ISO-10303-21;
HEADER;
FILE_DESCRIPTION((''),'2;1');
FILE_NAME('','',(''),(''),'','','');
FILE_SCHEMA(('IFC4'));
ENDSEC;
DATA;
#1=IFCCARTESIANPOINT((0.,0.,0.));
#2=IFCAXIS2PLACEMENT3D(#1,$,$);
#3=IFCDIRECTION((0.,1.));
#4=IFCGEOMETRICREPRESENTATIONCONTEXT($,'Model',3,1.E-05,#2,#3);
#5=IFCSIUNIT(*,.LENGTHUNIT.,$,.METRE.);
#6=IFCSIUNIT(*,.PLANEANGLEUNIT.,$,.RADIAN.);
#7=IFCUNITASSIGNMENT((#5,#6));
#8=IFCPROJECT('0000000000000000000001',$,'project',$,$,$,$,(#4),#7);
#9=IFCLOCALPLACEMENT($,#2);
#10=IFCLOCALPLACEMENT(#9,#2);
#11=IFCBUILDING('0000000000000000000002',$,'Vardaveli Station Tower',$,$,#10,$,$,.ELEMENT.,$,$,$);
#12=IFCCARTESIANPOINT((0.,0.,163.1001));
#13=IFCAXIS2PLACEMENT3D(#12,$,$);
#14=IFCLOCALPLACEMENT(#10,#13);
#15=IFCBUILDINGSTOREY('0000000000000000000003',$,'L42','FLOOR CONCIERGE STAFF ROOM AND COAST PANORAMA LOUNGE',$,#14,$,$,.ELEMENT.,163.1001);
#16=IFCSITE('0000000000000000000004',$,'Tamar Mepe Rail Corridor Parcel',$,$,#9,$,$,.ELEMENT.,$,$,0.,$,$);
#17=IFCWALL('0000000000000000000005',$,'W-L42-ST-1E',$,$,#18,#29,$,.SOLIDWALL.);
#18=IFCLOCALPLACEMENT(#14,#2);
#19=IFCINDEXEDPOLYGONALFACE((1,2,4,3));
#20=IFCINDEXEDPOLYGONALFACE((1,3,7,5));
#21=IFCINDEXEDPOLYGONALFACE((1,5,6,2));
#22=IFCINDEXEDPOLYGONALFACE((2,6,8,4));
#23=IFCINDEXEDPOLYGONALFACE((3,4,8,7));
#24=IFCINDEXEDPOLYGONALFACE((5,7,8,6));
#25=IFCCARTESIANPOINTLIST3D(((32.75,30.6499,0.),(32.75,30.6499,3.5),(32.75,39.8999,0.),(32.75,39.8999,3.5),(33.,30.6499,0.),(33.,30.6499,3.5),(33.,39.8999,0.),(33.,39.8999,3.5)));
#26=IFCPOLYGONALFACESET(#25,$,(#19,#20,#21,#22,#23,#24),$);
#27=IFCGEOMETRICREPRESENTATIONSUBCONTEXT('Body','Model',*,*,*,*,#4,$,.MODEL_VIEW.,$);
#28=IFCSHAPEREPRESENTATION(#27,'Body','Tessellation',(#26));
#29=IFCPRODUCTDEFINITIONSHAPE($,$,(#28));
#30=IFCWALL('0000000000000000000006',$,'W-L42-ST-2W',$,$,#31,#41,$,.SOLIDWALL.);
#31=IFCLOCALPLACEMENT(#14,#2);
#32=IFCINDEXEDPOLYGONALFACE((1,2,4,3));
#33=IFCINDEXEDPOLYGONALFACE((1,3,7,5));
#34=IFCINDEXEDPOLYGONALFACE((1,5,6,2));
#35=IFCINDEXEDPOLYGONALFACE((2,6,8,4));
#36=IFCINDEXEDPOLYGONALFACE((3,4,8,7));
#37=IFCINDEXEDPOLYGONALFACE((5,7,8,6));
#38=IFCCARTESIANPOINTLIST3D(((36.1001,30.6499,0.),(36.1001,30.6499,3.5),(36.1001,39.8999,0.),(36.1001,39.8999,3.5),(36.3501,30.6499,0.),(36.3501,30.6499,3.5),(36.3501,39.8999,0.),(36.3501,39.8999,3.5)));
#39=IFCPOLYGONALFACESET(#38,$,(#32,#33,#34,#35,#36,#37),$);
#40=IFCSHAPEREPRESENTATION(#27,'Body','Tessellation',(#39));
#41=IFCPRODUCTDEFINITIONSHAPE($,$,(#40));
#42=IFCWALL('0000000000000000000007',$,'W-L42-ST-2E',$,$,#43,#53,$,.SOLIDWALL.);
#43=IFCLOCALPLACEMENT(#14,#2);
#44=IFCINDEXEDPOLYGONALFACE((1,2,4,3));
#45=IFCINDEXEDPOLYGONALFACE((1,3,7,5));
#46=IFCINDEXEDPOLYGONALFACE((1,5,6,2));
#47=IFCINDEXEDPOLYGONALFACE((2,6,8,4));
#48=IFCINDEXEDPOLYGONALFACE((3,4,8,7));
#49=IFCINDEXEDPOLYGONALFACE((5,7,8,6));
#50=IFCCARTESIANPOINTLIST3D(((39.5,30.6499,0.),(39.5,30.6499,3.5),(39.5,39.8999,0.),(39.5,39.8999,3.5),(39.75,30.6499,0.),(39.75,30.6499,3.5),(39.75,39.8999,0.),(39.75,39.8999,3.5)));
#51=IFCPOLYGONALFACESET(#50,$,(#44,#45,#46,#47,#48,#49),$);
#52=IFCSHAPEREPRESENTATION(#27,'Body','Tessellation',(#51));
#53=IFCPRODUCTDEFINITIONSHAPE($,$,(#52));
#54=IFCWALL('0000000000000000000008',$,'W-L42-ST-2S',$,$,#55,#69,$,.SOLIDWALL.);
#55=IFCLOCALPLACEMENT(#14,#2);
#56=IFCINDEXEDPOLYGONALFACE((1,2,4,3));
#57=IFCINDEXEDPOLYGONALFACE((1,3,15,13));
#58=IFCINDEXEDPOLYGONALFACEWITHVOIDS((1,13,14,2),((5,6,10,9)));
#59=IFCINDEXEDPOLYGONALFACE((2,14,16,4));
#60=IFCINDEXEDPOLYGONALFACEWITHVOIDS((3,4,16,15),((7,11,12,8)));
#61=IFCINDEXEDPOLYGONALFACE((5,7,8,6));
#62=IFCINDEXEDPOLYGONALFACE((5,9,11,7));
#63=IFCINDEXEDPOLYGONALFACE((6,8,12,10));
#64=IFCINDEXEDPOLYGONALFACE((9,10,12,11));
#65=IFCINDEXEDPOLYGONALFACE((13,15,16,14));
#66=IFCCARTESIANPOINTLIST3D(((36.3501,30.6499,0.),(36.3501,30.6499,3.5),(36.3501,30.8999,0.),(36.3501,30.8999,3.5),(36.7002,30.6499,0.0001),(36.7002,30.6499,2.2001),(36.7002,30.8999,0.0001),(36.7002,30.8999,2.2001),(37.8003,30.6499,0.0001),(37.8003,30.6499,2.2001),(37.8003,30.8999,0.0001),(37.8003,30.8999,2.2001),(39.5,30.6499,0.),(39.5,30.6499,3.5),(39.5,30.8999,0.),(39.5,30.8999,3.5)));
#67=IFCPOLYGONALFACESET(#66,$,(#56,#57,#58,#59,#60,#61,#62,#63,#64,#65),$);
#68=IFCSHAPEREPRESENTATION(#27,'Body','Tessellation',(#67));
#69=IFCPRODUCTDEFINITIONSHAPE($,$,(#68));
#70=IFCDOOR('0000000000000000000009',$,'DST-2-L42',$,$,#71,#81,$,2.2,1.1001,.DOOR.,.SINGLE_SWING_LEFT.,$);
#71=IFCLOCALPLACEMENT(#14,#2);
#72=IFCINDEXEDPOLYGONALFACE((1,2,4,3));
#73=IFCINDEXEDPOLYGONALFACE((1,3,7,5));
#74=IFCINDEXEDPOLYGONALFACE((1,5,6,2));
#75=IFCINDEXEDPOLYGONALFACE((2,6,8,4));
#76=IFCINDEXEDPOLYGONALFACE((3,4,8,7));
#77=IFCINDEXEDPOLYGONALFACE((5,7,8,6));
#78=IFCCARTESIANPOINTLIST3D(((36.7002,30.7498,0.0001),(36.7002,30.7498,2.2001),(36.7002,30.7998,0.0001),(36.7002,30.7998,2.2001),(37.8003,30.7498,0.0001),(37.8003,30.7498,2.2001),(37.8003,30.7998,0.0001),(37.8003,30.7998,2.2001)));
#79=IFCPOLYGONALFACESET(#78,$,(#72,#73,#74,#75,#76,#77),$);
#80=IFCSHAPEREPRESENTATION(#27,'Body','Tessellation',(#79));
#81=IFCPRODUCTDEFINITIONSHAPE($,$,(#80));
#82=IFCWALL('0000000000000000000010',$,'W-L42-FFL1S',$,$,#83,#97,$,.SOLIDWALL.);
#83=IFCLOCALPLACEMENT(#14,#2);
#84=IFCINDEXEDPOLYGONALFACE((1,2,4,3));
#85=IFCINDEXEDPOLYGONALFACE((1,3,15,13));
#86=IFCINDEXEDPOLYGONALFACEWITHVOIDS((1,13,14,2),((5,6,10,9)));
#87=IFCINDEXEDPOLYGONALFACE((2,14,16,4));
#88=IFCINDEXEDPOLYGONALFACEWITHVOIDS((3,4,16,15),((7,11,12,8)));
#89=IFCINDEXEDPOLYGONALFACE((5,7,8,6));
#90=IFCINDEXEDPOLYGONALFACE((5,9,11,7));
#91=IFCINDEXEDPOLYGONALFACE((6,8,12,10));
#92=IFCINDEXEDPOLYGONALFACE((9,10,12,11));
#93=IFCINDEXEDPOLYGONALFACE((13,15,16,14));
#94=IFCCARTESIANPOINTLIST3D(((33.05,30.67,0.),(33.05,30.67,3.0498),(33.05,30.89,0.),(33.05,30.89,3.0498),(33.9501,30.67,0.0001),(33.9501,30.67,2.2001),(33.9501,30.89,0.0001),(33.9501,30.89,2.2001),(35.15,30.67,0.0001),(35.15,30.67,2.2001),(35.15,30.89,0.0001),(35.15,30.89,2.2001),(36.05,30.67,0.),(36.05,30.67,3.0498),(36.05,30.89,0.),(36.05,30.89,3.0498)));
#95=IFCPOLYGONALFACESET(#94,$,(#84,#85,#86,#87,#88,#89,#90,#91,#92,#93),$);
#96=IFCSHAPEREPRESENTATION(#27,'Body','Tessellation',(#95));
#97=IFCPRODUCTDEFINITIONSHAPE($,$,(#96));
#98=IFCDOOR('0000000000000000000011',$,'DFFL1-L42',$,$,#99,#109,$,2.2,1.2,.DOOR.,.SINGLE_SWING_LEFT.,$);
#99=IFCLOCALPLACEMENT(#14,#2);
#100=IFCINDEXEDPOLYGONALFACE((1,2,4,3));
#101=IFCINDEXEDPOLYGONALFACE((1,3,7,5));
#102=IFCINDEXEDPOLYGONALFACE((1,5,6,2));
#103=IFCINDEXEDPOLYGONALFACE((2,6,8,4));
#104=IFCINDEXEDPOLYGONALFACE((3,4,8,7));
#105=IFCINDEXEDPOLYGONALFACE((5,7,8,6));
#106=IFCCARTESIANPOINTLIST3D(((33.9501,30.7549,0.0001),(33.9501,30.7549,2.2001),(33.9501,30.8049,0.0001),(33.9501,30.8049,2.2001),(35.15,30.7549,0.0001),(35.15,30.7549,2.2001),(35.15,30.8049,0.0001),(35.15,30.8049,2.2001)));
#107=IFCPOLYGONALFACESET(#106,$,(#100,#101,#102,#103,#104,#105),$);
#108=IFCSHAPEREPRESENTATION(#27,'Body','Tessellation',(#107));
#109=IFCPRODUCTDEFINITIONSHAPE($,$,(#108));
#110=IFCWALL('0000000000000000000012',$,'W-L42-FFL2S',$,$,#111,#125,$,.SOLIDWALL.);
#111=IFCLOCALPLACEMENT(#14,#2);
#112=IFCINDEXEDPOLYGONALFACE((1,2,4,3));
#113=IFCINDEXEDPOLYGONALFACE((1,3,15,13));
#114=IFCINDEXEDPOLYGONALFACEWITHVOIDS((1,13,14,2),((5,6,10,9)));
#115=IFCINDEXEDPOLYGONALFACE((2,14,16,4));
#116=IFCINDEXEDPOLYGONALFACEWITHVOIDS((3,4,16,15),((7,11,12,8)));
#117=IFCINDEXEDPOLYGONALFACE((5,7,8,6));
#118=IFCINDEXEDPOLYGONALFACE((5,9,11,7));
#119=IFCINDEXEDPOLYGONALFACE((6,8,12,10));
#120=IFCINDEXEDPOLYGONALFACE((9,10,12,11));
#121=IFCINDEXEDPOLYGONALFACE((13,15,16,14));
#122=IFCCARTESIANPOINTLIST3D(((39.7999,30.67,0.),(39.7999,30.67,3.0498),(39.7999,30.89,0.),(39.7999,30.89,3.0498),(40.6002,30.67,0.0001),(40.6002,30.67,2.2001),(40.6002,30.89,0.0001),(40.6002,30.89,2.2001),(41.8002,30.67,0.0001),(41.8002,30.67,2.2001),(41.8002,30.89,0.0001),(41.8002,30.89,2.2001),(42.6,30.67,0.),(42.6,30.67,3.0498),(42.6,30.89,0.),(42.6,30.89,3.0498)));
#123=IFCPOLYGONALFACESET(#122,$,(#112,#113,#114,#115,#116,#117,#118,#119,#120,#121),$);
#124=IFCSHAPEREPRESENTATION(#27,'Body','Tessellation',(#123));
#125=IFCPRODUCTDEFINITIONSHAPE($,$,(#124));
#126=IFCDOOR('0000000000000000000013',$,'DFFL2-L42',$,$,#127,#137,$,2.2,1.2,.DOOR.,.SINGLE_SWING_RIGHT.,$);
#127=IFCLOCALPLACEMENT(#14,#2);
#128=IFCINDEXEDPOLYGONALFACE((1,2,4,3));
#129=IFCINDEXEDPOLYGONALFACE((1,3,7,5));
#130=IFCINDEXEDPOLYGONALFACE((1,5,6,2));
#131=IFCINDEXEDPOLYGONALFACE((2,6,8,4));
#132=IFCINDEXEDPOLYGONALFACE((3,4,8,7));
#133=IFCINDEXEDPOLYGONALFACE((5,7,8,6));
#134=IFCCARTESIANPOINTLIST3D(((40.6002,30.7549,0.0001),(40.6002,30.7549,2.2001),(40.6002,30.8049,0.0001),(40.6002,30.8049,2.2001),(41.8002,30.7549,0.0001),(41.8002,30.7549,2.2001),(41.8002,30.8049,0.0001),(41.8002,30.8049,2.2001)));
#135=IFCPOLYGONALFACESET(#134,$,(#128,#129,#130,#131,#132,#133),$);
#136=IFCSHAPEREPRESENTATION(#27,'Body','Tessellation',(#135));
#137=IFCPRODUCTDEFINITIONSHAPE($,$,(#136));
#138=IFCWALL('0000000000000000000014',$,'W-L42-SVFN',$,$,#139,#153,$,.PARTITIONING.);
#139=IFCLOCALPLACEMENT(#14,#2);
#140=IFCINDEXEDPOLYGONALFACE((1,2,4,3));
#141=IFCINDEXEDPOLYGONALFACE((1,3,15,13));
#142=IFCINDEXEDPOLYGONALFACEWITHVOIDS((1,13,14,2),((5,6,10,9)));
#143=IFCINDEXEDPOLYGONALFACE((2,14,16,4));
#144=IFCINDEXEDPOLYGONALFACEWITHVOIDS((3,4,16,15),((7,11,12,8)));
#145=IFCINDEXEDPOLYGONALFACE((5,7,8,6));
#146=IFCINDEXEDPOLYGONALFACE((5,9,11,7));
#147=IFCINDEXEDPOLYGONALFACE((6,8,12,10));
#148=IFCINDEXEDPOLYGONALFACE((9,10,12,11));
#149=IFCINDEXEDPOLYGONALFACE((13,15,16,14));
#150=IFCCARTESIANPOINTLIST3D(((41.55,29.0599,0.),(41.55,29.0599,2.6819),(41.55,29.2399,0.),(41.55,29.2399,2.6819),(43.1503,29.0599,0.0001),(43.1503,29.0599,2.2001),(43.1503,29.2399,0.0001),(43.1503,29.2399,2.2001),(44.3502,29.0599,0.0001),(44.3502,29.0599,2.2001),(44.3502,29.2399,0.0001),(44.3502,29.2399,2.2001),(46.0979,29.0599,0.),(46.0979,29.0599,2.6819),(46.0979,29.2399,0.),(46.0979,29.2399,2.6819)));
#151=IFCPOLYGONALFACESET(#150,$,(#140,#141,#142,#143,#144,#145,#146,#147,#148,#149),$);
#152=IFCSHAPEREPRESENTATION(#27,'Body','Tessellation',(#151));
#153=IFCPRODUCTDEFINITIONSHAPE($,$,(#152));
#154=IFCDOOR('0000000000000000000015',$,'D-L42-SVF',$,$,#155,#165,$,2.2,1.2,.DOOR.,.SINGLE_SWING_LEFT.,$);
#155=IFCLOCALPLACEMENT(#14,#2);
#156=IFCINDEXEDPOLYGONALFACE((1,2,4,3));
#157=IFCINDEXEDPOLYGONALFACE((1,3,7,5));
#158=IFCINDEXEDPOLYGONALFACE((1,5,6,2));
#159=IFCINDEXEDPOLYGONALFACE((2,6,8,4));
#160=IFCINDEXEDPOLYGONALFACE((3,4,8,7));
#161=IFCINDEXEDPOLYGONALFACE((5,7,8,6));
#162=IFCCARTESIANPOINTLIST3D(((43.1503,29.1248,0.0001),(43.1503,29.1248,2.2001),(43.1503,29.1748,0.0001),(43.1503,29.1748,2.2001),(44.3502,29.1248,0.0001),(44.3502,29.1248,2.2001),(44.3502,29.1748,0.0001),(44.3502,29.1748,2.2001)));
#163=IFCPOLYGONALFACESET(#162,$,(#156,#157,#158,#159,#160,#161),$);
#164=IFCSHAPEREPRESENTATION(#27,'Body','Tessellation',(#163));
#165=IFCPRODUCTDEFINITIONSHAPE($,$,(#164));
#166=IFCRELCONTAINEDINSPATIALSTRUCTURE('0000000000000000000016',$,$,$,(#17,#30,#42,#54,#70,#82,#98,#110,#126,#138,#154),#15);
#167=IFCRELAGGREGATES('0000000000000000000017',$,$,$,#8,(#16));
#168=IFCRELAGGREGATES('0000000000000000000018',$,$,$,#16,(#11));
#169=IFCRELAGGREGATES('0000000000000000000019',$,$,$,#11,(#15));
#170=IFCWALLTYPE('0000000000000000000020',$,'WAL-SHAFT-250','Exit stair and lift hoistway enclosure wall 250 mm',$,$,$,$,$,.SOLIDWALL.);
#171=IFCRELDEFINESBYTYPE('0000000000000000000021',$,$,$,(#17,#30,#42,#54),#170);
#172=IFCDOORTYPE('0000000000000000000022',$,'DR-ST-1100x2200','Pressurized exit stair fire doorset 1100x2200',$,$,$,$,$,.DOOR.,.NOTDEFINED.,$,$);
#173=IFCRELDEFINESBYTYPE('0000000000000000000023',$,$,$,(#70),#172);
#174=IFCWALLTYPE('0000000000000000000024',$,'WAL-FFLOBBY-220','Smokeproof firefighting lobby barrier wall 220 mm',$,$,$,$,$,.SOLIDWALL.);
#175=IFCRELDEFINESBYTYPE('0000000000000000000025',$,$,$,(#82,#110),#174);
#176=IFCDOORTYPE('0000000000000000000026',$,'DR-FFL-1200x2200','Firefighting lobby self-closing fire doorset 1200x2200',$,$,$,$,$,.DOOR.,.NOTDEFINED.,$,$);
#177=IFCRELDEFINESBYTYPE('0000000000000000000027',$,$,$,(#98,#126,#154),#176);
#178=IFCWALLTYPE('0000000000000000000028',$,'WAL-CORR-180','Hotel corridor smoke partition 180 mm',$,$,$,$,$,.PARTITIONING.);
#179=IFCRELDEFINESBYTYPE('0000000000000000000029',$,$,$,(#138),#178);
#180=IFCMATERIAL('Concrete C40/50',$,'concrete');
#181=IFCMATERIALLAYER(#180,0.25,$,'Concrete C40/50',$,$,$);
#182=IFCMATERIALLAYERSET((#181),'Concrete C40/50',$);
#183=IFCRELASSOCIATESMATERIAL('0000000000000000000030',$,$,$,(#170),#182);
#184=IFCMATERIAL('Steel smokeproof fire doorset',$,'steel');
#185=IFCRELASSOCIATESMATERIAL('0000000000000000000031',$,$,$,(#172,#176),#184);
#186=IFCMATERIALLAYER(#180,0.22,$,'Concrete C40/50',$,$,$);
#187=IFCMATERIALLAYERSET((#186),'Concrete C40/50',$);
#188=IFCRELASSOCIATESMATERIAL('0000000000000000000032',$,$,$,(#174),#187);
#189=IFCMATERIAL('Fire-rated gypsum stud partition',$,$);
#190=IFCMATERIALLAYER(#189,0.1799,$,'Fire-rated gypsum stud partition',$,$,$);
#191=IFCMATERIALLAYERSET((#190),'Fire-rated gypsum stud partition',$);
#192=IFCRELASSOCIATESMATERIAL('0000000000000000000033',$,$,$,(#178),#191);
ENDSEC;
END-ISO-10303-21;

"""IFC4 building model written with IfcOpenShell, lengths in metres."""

from ifc_helpers import new_model, si_unit, direction, frame, frame_2d, origin, place, context, subcontext, project, spatial, rectangle, extrude, source, transform, mapped, material, layer, layer_set, type_object, element, fill, save


model = new_model("IFC4")

# Units and contexts
model_context = context("Model", 3, precision=1e-05, world=origin(), true_north=direction((0.0, 1.0)))
body_context = subcontext(model_context, "Body", "Model", "MODEL_VIEW")
ifc_project = project(units=[si_unit("LENGTHUNIT", "METRE"), si_unit("PLANEANGLEUNIT", "RADIAN")], contexts=[model_context])

# Site, building, storey
site_placement = place(None, origin())
site = spatial("IfcSite", under=ifc_project, at=site_placement, Name="Tamar Mepe Rail Corridor Parcel", CompositionType="ELEMENT", RefElevation=0.0)
building_placement = place(site_placement, origin())
building = spatial("IfcBuilding", under=site, at=building_placement, Name="Vardaveli Station Tower", CompositionType="ELEMENT")
storey_placement = place(building_placement, frame((0.0, 0.0, 163.1001)))
storey = spatial("IfcBuildingStorey", under=building, at=storey_placement, Name="L42", Description="FLOOR CONCIERGE STAFF ROOM AND COAST PANORAMA LOUNGE", CompositionType="ELEMENT", Elevation=163.1001)

# Walls
ifc_material_1 = material(Name="Concrete C40/50", Category="concrete")
ifc_layer_1 = layer(ifc_material_1, 0.25, Name="Concrete C40/50")
ifc_layer_set_1 = layer_set([ifc_layer_1], Name="Concrete C40/50")
wall_type_1 = type_object("IfcWallType", Name="WAL-SHAFT-250", Description="Exit stair and lift hoistway enclosure wall 250 mm", PredefinedType="SOLIDWALL", material=ifc_layer_set_1)
shared_shape_1 = source(origin(), body_context, "Body", "SweptSolid", [
    extrude(rectangle(XDim=9.25, YDim=0.25, at=frame_2d((4.625, 0.0))), origin(), (0.0, 0.0, 1.0), 3.5),
])
for number, where, z_axis, x_axis, name in (
    (1, (32.875, 30.6499, 0.0), (0.0, 0.0, 1.0), (0.0, 1.0, 0.0), "W-L42-ST-1E"),
    (2, (36.2251, 30.6499, 0.0), (0.0, 0.0, 1.0), (0.0, 1.0, 0.0), "W-L42-ST-2W"),
    (3, (39.625, 30.6499, 0.0), (0.0, 0.0, 1.0), (0.0, 1.0, 0.0), "W-L42-ST-2E"),
):
    element("IfcWall", number, at=place(storey_placement, frame(where, z_axis=z_axis, x_axis=x_axis)), inside=storey, type_object=wall_type_1, Name=name, PredefinedType="SOLIDWALL", context=body_context, shape_type="MappedRepresentation", body=[
        mapped(shared_shape_1, transform((0.0, 0.0, 0.0), scale=1.0)),
    ])

# Walls, openings, doors
shared_shape_2 = source(origin(), body_context, "Body", "SweptSolid", [
    extrude(rectangle(XDim=3.1499, YDim=0.25, at=frame_2d((1.575, 0.0))), origin(), (0.0, 0.0, 1.0), 3.5),
])
wall_1_placement = place(storey_placement, frame((36.3501, 30.7749, 0.0), z_axis=(0.0, 0.0, 1.0), x_axis=(1.0, 0.0, 0.0)))
wall_1 = element("IfcWall", 4, at=wall_1_placement, inside=storey, type_object=wall_type_1, Name="W-L42-ST-2S", PredefinedType="SOLIDWALL", context=body_context, shape_type="MappedRepresentation", body=[
    mapped(shared_shape_2, transform((0.0, 0.0, 0.0), scale=1.0)),
])
shared_shape_3 = source(origin(), body_context, "Body", "SweptSolid", [
    extrude(rectangle(XDim=1.1001, YDim=2.2, at=frame_2d((0.55, 1.1001))), frame((0.0, 0.135, 0.0), z_axis=(0.0, -1.0, 0.0), x_axis=(1.0, 0.0, 0.0)), (0.0, 0.0, 1.0), 0.27),
])
opening_1_placement = place(wall_1_placement, frame((0.3501, 0.0, 0.0)))
opening_1 = element("IfcOpeningElement", 5, at=opening_1_placement, cuts=wall_1, PredefinedType="OPENING", context=body_context, shape_type="MappedRepresentation", body=[
    mapped(shared_shape_3, transform((0.0, 0.0, 0.0), scale=1.0)),
])
ifc_material_2 = material(Name="Steel smokeproof fire doorset", Category="steel")
door_type_1 = type_object("IfcDoorType", Name="DR-ST-1100x2200", Description="Pressurized exit stair fire doorset 1100x2200", OperationType="NOTDEFINED", PredefinedType="DOOR", material=ifc_material_2)
shared_shape_4 = source(origin(), body_context, "Body", "SweptSolid", [
    extrude(rectangle(XDim=1.1001, YDim=2.2, at=frame_2d((0.55, 1.1001))), frame((0.0, 0.0249, 0.0), z_axis=(0.0, -1.0, 0.0), x_axis=(1.0, 0.0, 0.0)), (0.0, 0.0, 1.0), 0.05),
])
door_1_placement = place(opening_1_placement, origin())
door_1 = element("IfcDoor", 6, at=door_1_placement, inside=storey, type_object=door_type_1, Name="DST-2-L42", OperationType="SINGLE_SWING_LEFT", OverallHeight=2.2, OverallWidth=1.1001, PredefinedType="DOOR", context=body_context, shape_type="MappedRepresentation", body=[
    mapped(shared_shape_4, transform((0.0, 0.0, 0.0), scale=1.0)),
])
fill(opening_1, door_1)
ifc_layer_2 = layer(ifc_material_1, 0.22, Name="Concrete C40/50")
ifc_layer_set_2 = layer_set([ifc_layer_2], Name="Concrete C40/50")
wall_type_2 = type_object("IfcWallType", Name="WAL-FFLOBBY-220", Description="Smokeproof firefighting lobby barrier wall 220 mm", PredefinedType="SOLIDWALL", material=ifc_layer_set_2)
shared_shape_5 = source(origin(), body_context, "Body", "SweptSolid", [
    extrude(rectangle(XDim=3.0, YDim=0.22, at=frame_2d((1.5, 0.0))), origin(), (0.0, 0.0, 1.0), 3.0498),
])
wall_2_placement = place(storey_placement, frame((33.05, 30.78, 0.0), z_axis=(0.0, 0.0, 1.0), x_axis=(1.0, 0.0, 0.0)))
wall_2 = element("IfcWall", 7, at=wall_2_placement, inside=storey, type_object=wall_type_2, Name="W-L42-FFL1S", PredefinedType="SOLIDWALL", context=body_context, shape_type="MappedRepresentation", body=[
    mapped(shared_shape_5, transform((0.0, 0.0, 0.0), scale=1.0)),
])
shared_shape_6 = source(origin(), body_context, "Body", "SweptSolid", [
    extrude(rectangle(XDim=1.2, YDim=2.2, at=frame_2d((0.6001, 1.1001))), frame((0.0, 0.1201, 0.0), z_axis=(0.0, -1.0, 0.0), x_axis=(1.0, 0.0, 0.0)), (0.0, 0.0, 1.0), 0.24),
])
opening_2_placement = place(wall_2_placement, frame((0.8999, 0.0, 0.0)))
opening_2 = element("IfcOpeningElement", 8, at=opening_2_placement, cuts=wall_2, PredefinedType="OPENING", context=body_context, shape_type="MappedRepresentation", body=[
    mapped(shared_shape_6, transform((0.0, 0.0, 0.0), scale=1.0)),
])
door_type_2 = type_object("IfcDoorType", Name="DR-FFL-1200x2200", Description="Firefighting lobby self-closing fire doorset 1200x2200", OperationType="NOTDEFINED", PredefinedType="DOOR", material=ifc_material_2)
shared_shape_7 = source(origin(), body_context, "Body", "SweptSolid", [
    extrude(rectangle(XDim=1.2, YDim=2.2, at=frame_2d((0.6001, 1.1001))), frame((0.0, 0.0249, 0.0), z_axis=(0.0, -1.0, 0.0), x_axis=(1.0, 0.0, 0.0)), (0.0, 0.0, 1.0), 0.05),
])
door_2_placement = place(opening_2_placement, origin())
door_2 = element("IfcDoor", 9, at=door_2_placement, inside=storey, type_object=door_type_2, Name="DFFL1-L42", OperationType="SINGLE_SWING_LEFT", OverallHeight=2.2, OverallWidth=1.2, PredefinedType="DOOR", context=body_context, shape_type="MappedRepresentation", body=[
    mapped(shared_shape_7, transform((0.0, 0.0, 0.0), scale=1.0)),
])
fill(opening_2, door_2)
shared_shape_8 = source(origin(), body_context, "Body", "SweptSolid", [
    extrude(rectangle(XDim=2.8, YDim=0.22, at=frame_2d((1.3999, 0.0))), origin(), (0.0, 0.0, 1.0), 3.0498),
])
wall_3_placement = place(storey_placement, frame((39.8, 30.78, 0.0), z_axis=(0.0, 0.0, 1.0), x_axis=(1.0, 0.0, 0.0)))
wall_3 = element("IfcWall", 10, at=wall_3_placement, inside=storey, type_object=wall_type_2, Name="W-L42-FFL2S", PredefinedType="SOLIDWALL", context=body_context, shape_type="MappedRepresentation", body=[
    mapped(shared_shape_8, transform((0.0, 0.0, 0.0), scale=1.0)),
])
opening_3_placement = place(wall_3_placement, frame((0.8, 0.0, 0.0)))
opening_3 = element("IfcOpeningElement", 11, at=opening_3_placement, cuts=wall_3, PredefinedType="OPENING", context=body_context, shape_type="MappedRepresentation", body=[
    mapped(shared_shape_6, transform((0.0, 0.0, 0.0), scale=1.0)),
])
door_3_placement = place(opening_3_placement, origin())
door_3 = element("IfcDoor", 12, at=door_3_placement, inside=storey, type_object=door_type_2, Name="DFFL2-L42", OperationType="SINGLE_SWING_RIGHT", OverallHeight=2.2, OverallWidth=1.2, PredefinedType="DOOR", context=body_context, shape_type="MappedRepresentation", body=[
    mapped(shared_shape_7, transform((0.0, 0.0, 0.0), scale=1.0)),
])
fill(opening_3, door_3)
ifc_material_3 = material(Name="Fire-rated gypsum stud partition")
ifc_layer_3 = layer(ifc_material_3, 0.1799, Name="Fire-rated gypsum stud partition")
ifc_layer_set_3 = layer_set([ifc_layer_3], Name="Fire-rated gypsum stud partition")
wall_type_3 = type_object("IfcWallType", Name="WAL-CORR-180", Description="Hotel corridor smoke partition 180 mm", PredefinedType="PARTITIONING", material=ifc_layer_set_3)
shared_shape_9 = source(origin(), body_context, "Body", "SweptSolid", [
    extrude(rectangle(XDim=4.5479, YDim=0.1799, at=frame_2d((2.2739, 0.0))), origin(), (0.0, 0.0, 1.0), 2.6819),
])
wall_4_placement = place(storey_placement, frame((41.55, 29.1499, 0.0), z_axis=(0.0, 0.0, 1.0), x_axis=(1.0, 0.0, 0.0)))
wall_4 = element("IfcWall", 13, at=wall_4_placement, inside=storey, type_object=wall_type_3, Name="W-L42-SVFN", PredefinedType="PARTITIONING", context=body_context, shape_type="MappedRepresentation", body=[
    mapped(shared_shape_9, transform((0.0, 0.0, 0.0), scale=1.0)),
])
shared_shape_10 = source(origin(), body_context, "Body", "SweptSolid", [
    extrude(rectangle(XDim=1.2, YDim=2.2, at=frame_2d((0.6001, 1.1001))), frame((0.0, 0.1001, 0.0), z_axis=(0.0, -1.0, 0.0), x_axis=(1.0, 0.0, 0.0)), (0.0, 0.0, 1.0), 0.2),
])
opening_4_placement = place(wall_4_placement, frame((1.6001, 0.0, 0.0)))
opening_4 = element("IfcOpeningElement", 14, at=opening_4_placement, cuts=wall_4, PredefinedType="OPENING", context=body_context, shape_type="MappedRepresentation", body=[
    mapped(shared_shape_10, transform((0.0, 0.0, 0.0), scale=1.0)),
])
door_4_placement = place(opening_4_placement, origin())
door_4 = element("IfcDoor", 15, at=door_4_placement, inside=storey, type_object=door_type_2, Name="D-L42-SVF", OperationType="SINGLE_SWING_LEFT", OverallHeight=2.2, OverallWidth=1.2, PredefinedType="DOOR", context=body_context, shape_type="MappedRepresentation", body=[
    mapped(shared_shape_7, transform((0.0, 0.0, 0.0), scale=1.0)),
])
fill(opening_4, door_4)

save(model, "model.ifc")
